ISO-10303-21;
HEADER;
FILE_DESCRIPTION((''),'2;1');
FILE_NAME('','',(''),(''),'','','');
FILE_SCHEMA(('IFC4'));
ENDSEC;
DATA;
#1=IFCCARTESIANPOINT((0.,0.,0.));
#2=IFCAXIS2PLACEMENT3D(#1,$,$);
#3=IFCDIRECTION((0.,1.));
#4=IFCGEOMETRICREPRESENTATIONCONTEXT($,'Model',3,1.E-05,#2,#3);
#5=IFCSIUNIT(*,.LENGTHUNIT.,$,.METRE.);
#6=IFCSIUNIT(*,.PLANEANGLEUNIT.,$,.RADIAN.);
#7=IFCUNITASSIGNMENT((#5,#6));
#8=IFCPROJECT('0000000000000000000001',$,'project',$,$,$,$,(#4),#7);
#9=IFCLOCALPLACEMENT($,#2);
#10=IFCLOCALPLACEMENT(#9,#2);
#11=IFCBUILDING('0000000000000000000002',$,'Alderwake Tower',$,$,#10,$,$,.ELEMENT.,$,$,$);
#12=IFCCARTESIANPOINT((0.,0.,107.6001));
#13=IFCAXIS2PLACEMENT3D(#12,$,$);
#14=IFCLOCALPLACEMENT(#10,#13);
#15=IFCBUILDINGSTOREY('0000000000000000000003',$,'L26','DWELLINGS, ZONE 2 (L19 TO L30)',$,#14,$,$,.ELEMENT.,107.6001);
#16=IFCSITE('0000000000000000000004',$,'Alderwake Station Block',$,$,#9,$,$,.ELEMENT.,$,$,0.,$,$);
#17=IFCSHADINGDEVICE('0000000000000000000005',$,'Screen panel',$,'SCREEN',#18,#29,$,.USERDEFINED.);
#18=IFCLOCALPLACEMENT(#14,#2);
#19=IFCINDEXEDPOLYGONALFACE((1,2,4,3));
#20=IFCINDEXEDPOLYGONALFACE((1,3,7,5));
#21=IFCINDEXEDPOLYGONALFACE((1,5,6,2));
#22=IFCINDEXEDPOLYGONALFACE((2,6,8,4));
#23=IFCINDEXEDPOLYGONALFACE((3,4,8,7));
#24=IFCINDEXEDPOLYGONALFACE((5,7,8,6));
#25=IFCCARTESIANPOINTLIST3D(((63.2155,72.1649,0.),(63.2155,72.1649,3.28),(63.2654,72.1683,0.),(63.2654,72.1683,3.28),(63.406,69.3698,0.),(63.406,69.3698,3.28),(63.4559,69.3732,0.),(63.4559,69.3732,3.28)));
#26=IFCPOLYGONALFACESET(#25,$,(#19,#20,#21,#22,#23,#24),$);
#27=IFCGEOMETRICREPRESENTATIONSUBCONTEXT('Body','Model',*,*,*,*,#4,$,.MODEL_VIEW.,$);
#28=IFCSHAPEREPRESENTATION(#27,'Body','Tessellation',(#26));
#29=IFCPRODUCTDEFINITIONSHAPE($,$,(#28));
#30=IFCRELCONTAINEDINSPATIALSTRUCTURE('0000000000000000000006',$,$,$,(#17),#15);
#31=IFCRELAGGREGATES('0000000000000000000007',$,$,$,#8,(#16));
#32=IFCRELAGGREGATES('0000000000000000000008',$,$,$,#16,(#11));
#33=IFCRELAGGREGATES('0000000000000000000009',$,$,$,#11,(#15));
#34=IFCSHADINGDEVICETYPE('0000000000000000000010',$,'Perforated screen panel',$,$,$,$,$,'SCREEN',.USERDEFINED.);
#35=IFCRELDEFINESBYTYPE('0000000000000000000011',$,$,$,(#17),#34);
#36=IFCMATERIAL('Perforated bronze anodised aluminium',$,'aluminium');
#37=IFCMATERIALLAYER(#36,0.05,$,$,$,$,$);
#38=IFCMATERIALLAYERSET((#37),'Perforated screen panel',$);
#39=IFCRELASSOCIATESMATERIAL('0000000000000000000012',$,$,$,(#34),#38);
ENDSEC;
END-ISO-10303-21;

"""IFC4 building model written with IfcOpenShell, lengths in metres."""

from ifc_helpers import new_model, si_unit, direction, frame, origin, origin_2d, place, context, subcontext, project, spatial, rectangle, extrude, material, layer, layer_set, type_object, element, save


model = new_model("IFC4")

# Units and contexts
model_context = context("Model", 3, precision=1e-05, world=origin(), true_north=direction((0.0, 1.0)))
body_context = subcontext(model_context, "Body", "Model", "MODEL_VIEW")
ifc_project = project(units=[si_unit("LENGTHUNIT", "METRE"), si_unit("PLANEANGLEUNIT", "RADIAN")], contexts=[model_context])

# Site, building, storey
site_placement = place(None, origin())
site = spatial("IfcSite", under=ifc_project, at=site_placement, Name="Alderwake Station Block", CompositionType="ELEMENT", RefElevation=0.0)
building_placement = place(site_placement, origin())
building = spatial("IfcBuilding", under=site, at=building_placement, Name="Alderwake Tower", CompositionType="ELEMENT")
storey_placement = place(building_placement, frame((0.0, 0.0, 107.6001)))
storey = spatial("IfcBuildingStorey", under=building, at=storey_placement, Name="L26", Description="DWELLINGS, ZONE 2 (L19 TO L30)", CompositionType="ELEMENT", Elevation=107.6001)

# Shading device
ifc_material_1 = material(Name="Perforated bronze anodised aluminium", Category="aluminium")
ifc_layer_1 = layer(ifc_material_1, 0.05)
ifc_layer_set_1 = layer_set([ifc_layer_1], Name="Perforated screen panel")
shading_device_type_1 = type_object("IfcShadingDeviceType", Name="Perforated screen panel", ElementType="SCREEN", PredefinedType="USERDEFINED", material=ifc_layer_set_1)
shading_device_placement = place(storey_placement, frame((63.3357, 70.769, 0.0), z_axis=(0.0, 0.0, 1.0), x_axis=(0.997685, 0.067998, 0.0)))
element("IfcShadingDevice", 1, at=shading_device_placement, inside=storey, type_object=shading_device_type_1, Name="Screen panel", ObjectType="SCREEN", PredefinedType="USERDEFINED", context=body_context, shape_type="SweptSolid", body=[
    extrude(rectangle(XDim=0.05, YDim=2.8015, at=origin_2d()), origin(), (0.0, 0.0, 1.0), 3.28),
])

save(model, "model.ifc")
